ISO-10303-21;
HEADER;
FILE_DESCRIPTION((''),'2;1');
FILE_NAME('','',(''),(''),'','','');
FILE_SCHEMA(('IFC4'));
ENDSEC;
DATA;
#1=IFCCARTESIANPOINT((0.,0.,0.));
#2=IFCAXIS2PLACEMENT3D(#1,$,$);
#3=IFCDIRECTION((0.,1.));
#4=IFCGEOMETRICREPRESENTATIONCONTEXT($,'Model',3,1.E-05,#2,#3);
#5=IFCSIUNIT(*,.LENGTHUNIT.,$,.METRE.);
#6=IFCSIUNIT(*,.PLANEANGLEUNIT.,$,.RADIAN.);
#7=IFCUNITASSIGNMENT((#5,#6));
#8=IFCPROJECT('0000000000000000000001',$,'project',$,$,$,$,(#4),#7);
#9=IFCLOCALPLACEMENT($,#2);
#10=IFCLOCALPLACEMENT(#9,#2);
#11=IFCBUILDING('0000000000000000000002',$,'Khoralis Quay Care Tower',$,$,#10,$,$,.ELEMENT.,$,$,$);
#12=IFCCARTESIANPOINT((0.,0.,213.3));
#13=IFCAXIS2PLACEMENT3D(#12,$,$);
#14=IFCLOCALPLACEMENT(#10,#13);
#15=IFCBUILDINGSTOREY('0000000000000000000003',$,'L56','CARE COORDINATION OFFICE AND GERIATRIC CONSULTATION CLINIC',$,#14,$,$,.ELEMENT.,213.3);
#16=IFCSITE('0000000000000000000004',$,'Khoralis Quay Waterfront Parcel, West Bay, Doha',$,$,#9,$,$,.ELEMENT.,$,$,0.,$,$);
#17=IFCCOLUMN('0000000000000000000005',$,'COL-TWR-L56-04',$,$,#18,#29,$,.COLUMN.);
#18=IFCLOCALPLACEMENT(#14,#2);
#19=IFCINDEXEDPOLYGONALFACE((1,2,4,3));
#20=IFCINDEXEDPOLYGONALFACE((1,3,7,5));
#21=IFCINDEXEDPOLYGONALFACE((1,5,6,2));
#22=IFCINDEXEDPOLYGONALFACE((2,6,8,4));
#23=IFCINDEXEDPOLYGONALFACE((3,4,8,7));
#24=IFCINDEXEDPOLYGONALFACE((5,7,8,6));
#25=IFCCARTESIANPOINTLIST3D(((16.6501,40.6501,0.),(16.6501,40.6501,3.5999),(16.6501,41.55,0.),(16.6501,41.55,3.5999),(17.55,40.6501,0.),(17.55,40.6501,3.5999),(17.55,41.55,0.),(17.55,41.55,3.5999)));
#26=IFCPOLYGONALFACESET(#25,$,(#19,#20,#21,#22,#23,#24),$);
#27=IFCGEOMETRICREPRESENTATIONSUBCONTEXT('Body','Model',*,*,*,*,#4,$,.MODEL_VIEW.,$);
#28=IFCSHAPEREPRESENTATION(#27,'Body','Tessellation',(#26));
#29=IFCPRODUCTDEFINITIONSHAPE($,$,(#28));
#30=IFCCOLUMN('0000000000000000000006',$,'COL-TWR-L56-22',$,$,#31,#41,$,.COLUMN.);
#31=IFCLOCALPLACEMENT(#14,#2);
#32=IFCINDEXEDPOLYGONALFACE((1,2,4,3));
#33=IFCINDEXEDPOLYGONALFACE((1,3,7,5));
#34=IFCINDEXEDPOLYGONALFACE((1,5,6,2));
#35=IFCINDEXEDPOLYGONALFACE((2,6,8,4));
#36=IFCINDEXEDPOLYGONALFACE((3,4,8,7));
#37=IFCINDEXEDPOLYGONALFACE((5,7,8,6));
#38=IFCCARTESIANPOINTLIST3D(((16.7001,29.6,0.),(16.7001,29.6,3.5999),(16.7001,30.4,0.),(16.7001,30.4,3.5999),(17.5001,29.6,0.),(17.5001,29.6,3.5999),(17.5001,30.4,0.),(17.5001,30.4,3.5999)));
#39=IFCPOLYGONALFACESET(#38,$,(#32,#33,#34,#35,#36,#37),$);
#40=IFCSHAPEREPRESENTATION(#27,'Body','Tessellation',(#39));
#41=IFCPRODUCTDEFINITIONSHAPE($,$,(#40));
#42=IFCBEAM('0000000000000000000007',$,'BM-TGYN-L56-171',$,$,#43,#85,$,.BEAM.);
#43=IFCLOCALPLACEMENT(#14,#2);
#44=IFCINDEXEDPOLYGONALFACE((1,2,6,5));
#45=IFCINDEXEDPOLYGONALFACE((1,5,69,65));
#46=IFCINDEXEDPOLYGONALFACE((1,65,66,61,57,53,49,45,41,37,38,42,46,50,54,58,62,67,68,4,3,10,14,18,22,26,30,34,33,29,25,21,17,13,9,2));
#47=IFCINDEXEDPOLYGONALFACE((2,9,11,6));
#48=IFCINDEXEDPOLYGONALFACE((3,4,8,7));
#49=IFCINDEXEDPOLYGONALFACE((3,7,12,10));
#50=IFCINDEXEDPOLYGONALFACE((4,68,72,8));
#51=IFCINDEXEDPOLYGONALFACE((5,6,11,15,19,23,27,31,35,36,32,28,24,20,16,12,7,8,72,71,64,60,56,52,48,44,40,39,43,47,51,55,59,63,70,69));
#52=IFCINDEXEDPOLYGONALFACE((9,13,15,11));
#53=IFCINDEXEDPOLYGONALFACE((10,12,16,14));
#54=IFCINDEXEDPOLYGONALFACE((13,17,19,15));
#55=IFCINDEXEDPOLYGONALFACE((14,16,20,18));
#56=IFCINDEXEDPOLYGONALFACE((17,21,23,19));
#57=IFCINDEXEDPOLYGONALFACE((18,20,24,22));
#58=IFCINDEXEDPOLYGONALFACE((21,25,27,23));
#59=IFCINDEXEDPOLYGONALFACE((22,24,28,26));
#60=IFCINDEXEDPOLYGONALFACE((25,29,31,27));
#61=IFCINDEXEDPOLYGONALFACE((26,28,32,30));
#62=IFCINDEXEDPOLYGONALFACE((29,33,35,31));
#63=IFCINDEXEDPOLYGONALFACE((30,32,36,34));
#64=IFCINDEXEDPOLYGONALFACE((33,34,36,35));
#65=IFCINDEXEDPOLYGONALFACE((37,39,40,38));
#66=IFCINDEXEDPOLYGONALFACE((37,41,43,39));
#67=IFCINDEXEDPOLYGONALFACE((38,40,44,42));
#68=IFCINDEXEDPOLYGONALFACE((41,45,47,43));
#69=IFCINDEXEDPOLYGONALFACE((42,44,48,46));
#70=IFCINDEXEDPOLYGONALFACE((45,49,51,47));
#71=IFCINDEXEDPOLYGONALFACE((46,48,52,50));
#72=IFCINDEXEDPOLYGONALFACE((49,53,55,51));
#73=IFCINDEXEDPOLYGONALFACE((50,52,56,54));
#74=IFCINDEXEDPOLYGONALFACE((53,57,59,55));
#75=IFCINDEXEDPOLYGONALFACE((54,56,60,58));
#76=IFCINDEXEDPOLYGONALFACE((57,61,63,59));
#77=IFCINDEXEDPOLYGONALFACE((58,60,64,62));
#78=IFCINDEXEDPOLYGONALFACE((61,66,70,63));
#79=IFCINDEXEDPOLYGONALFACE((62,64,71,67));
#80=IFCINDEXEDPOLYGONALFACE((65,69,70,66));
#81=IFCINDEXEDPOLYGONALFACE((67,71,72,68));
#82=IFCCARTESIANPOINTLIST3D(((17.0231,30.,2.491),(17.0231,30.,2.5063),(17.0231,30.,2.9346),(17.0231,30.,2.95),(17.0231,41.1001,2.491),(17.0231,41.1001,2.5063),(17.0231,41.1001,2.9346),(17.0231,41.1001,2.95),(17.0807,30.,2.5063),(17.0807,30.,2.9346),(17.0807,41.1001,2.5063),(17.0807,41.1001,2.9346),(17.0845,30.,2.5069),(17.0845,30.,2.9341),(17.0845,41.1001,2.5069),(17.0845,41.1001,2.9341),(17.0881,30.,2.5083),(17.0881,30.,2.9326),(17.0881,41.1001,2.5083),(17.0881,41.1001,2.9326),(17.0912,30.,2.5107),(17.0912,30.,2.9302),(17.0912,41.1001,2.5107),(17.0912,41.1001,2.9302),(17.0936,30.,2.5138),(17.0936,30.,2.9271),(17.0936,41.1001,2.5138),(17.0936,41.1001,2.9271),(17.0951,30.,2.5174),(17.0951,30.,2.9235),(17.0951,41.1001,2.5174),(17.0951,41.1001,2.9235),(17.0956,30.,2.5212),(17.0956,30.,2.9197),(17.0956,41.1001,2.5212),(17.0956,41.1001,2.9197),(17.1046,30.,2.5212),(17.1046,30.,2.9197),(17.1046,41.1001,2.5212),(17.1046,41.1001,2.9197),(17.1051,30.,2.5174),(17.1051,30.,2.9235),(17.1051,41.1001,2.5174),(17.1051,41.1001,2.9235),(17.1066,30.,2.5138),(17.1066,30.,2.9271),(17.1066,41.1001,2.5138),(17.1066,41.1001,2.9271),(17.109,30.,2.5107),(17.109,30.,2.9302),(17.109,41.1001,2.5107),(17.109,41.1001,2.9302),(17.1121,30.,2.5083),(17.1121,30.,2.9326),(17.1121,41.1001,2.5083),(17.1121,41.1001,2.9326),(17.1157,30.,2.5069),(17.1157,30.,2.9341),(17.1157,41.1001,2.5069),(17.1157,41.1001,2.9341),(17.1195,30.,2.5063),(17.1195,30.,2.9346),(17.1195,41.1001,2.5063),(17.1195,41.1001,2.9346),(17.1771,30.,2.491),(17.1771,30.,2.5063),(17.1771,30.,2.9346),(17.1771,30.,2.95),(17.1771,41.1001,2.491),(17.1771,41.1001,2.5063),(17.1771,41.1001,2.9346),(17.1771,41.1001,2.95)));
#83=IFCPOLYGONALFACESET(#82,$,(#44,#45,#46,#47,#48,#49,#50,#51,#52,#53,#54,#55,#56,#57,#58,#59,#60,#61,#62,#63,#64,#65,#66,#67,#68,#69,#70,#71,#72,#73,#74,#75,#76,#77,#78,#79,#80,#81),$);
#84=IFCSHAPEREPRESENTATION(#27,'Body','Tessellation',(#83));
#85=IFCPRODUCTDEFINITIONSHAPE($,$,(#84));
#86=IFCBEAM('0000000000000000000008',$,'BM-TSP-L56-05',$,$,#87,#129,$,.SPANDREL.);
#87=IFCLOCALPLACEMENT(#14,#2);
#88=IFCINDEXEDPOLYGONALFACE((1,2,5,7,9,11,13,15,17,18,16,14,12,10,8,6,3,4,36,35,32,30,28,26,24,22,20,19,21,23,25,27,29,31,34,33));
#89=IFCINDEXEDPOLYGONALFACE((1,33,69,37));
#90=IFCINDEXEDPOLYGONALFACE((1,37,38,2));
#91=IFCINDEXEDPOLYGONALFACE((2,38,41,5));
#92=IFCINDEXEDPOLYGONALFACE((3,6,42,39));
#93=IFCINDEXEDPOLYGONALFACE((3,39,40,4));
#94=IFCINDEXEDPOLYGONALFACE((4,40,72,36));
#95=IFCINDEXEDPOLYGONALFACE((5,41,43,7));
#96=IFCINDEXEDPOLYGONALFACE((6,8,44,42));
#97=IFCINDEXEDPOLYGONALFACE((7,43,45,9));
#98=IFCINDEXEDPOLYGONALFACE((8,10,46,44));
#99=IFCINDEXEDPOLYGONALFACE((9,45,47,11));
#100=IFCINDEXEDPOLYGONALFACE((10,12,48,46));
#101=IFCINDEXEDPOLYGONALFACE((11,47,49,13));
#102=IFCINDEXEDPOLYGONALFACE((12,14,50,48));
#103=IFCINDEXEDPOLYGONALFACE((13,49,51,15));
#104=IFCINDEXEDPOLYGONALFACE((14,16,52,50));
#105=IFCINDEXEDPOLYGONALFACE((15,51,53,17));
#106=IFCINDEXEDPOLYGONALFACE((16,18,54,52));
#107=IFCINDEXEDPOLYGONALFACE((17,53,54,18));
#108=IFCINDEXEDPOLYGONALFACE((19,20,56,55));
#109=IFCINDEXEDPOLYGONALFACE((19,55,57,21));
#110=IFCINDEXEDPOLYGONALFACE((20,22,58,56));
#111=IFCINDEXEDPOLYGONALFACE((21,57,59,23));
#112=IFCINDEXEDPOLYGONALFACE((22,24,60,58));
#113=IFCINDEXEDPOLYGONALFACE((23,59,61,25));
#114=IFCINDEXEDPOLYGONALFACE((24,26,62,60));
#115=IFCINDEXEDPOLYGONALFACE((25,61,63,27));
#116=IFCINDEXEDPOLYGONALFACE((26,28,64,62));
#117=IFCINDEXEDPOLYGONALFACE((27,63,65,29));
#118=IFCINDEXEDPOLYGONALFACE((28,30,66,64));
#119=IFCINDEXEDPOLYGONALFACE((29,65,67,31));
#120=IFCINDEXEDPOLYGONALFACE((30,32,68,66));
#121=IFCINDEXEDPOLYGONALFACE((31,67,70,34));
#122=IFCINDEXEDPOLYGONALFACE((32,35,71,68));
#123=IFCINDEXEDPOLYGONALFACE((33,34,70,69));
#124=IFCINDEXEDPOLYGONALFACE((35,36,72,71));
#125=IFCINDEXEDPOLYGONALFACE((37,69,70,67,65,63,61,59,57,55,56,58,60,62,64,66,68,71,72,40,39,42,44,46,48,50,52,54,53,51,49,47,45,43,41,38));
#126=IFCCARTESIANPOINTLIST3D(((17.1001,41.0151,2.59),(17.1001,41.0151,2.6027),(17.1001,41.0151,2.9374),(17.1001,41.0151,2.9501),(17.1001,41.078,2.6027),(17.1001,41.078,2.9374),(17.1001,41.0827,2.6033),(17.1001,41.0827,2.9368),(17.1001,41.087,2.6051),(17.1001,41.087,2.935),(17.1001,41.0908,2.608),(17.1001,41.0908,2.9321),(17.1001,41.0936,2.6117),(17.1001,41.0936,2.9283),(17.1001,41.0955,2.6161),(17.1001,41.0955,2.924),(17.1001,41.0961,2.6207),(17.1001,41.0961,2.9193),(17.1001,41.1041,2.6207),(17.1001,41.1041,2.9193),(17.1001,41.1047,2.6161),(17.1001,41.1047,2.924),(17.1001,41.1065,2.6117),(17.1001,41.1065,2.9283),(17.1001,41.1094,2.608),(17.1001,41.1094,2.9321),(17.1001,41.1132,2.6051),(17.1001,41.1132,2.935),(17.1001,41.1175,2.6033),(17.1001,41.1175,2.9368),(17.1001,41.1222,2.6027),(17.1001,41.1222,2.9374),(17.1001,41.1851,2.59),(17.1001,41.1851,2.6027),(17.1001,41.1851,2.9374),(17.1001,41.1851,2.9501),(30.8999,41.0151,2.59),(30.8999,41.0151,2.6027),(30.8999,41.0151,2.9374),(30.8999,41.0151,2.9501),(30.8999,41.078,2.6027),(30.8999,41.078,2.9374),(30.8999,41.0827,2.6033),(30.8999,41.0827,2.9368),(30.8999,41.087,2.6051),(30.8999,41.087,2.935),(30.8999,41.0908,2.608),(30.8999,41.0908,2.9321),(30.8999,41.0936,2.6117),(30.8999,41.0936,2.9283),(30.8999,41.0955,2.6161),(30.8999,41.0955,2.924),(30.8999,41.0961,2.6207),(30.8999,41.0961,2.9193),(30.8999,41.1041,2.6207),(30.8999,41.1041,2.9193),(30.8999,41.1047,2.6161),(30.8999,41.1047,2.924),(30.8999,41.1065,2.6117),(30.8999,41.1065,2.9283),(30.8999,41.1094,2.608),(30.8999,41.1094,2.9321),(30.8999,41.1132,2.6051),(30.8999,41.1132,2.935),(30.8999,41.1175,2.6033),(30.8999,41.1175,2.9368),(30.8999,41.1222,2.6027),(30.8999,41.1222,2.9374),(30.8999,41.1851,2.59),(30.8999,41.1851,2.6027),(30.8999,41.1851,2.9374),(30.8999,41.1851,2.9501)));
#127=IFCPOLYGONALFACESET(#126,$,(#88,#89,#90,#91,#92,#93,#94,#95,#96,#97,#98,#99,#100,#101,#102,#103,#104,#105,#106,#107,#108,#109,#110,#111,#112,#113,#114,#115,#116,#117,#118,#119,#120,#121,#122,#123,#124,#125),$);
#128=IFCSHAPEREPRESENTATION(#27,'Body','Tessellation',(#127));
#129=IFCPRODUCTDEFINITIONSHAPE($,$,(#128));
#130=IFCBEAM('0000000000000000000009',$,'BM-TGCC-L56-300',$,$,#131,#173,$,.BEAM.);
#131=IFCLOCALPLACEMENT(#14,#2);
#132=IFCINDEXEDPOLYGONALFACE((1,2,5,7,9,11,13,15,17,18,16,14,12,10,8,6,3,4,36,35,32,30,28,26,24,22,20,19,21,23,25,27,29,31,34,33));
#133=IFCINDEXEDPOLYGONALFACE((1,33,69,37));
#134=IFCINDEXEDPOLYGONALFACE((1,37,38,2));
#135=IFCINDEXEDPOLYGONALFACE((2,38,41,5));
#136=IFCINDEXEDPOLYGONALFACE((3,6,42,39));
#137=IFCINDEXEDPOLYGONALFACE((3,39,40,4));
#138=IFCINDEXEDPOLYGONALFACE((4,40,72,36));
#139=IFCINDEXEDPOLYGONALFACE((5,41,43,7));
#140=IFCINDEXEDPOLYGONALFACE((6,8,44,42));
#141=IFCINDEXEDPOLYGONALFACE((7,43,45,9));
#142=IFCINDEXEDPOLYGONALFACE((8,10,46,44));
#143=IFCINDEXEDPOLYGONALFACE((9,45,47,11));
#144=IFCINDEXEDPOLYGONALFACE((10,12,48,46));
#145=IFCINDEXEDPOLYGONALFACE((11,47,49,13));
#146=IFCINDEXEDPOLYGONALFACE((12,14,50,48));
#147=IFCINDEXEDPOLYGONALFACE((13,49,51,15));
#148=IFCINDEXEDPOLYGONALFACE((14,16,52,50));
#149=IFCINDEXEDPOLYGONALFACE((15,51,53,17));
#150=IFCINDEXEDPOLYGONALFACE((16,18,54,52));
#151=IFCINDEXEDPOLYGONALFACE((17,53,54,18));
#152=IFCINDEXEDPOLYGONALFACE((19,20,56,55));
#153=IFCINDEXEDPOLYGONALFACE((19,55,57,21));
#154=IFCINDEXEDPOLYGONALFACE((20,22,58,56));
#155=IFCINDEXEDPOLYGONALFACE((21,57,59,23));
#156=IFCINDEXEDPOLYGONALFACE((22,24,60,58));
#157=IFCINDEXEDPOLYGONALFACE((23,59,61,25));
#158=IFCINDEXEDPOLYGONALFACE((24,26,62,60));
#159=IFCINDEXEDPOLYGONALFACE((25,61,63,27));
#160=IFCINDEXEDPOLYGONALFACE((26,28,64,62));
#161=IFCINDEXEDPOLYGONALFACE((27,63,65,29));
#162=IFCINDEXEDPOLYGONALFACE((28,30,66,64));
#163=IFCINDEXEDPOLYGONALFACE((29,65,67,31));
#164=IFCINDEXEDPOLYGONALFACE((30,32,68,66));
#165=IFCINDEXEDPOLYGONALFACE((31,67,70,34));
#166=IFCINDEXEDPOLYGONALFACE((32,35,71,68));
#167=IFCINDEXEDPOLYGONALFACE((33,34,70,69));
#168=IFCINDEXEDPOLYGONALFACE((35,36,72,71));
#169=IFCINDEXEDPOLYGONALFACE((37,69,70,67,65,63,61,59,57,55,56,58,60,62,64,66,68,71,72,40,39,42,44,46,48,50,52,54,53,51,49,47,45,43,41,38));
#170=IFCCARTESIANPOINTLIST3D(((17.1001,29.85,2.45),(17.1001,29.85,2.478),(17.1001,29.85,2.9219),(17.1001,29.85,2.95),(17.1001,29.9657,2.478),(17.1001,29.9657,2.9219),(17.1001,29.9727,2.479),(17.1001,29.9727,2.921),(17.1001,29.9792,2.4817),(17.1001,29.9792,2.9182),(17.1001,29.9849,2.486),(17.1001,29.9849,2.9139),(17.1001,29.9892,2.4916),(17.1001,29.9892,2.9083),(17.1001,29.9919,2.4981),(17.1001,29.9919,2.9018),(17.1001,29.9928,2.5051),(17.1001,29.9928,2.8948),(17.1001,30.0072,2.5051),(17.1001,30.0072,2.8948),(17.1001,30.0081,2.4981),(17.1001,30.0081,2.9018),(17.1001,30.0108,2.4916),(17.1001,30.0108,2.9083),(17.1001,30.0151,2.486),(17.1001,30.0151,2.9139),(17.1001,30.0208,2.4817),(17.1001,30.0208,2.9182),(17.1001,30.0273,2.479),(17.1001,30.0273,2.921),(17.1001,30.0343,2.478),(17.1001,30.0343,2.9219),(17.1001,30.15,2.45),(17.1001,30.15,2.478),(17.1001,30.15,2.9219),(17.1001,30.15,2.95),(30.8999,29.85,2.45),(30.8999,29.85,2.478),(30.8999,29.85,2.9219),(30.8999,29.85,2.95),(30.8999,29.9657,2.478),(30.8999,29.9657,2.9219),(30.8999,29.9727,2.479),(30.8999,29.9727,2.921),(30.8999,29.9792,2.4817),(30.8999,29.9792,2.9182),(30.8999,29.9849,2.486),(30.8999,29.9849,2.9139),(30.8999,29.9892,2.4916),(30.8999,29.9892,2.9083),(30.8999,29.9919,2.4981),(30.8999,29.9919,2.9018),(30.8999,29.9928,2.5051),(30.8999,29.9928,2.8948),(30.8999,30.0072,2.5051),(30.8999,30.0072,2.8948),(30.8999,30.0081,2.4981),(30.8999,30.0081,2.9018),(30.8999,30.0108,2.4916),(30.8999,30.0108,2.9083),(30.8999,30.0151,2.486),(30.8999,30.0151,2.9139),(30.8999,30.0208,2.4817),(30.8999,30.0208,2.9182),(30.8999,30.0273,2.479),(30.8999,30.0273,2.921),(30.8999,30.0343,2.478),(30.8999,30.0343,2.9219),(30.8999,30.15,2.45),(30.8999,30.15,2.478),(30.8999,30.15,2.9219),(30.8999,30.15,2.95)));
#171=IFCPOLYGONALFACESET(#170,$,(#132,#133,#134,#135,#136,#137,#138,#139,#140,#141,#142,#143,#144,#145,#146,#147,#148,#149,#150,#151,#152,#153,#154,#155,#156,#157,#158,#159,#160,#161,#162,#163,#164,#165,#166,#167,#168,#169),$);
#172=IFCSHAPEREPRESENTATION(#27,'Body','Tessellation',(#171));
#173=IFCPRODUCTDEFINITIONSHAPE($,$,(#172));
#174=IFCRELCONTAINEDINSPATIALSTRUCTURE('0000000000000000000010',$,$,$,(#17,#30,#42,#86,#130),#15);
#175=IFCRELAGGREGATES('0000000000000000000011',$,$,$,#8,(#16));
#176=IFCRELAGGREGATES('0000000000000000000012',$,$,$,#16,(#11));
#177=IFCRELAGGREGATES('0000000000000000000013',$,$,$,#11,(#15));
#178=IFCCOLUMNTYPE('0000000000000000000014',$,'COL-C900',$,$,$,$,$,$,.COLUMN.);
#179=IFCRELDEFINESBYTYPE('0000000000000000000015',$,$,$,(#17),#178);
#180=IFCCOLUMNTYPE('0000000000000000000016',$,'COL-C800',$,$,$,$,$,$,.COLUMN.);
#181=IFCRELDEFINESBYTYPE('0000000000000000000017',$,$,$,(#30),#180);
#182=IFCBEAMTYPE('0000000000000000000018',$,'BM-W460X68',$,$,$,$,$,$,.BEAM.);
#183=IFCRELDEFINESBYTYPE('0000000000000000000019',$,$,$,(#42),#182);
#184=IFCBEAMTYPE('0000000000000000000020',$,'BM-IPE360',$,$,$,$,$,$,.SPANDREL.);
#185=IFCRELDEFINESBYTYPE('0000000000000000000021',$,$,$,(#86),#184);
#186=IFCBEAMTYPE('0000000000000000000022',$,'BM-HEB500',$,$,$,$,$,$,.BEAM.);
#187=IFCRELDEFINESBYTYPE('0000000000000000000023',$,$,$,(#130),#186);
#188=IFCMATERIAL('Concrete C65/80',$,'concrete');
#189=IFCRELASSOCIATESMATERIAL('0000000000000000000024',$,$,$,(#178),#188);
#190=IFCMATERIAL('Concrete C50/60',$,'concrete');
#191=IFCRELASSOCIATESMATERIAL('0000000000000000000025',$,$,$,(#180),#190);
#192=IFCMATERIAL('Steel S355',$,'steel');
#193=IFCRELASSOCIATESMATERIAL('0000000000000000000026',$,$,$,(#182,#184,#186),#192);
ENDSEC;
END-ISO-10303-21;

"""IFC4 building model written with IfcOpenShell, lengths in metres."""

from ifc_helpers import new_model, si_unit, direction, frame, origin, origin_2d, place, context, subcontext, project, spatial, rectangle, i_section, extrude, source, transform, mapped, material, material_profile, profile_set, type_object, element, save


model = new_model("IFC4")

# Units and contexts
model_context = context("Model", 3, precision=1e-05, world=origin(), true_north=direction((0.0, 1.0)))
body_context = subcontext(model_context, "Body", "Model", "MODEL_VIEW")
ifc_project = project(units=[si_unit("LENGTHUNIT", "METRE"), si_unit("PLANEANGLEUNIT", "RADIAN")], contexts=[model_context])

# Site, building, storey
site_placement = place(None, origin())
site = spatial("IfcSite", under=ifc_project, at=site_placement, Name="Khoralis Quay Waterfront Parcel, West Bay, Doha", CompositionType="ELEMENT", RefElevation=0.0)
building_placement = place(site_placement, origin())
building = spatial("IfcBuilding", under=site, at=building_placement, Name="Khoralis Quay Care Tower", CompositionType="ELEMENT")
storey_placement = place(building_placement, frame((0.0, 0.0, 213.3)))
storey = spatial("IfcBuildingStorey", under=building, at=storey_placement, Name="L56", Description="CARE COORDINATION OFFICE AND GERIATRIC CONSULTATION CLINIC", CompositionType="ELEMENT", Elevation=213.3)

# Columns
ifc_material_1 = material(Name="Concrete C65/80", Category="concrete")
ifc_material_profile_1 = material_profile(ifc_material_1, rectangle(XDim=0.8999, YDim=0.8999, at=origin_2d()), Name="Concrete C65/80")
ifc_profile_set_1 = profile_set([ifc_material_profile_1], Name="Concrete C65/80")
column_type_1 = type_object("IfcColumnType", Name="COL-C900", PredefinedType="COLUMN", material=ifc_profile_set_1)
shared_shape_1 = source(origin(), body_context, "Body", "SweptSolid", [
    extrude(rectangle(XDim=0.8999, YDim=0.8999, at=origin_2d()), origin(), (0.0, 0.0, 1.0), 3.5999),
])
column_1_placement = place(storey_placement, frame((17.1001, 41.1001, 0.0), z_axis=(0.0, 0.0, 1.0), x_axis=(1.0, 0.0, 0.0)))
element("IfcColumn", 1, at=column_1_placement, inside=storey, type_object=column_type_1, Name="COL-TWR-L56-04", PredefinedType="COLUMN", context=body_context, shape_type="MappedRepresentation", body=[
    mapped(shared_shape_1, transform((0.0, 0.0, 0.0), scale=1.0)),
])
ifc_material_2 = material(Name="Concrete C50/60", Category="concrete")
ifc_material_profile_2 = material_profile(ifc_material_2, rectangle(XDim=0.8, YDim=0.8, at=origin_2d()), Name="Concrete C50/60")
ifc_profile_set_2 = profile_set([ifc_material_profile_2], Name="Concrete C50/60")
column_type_2 = type_object("IfcColumnType", Name="COL-C800", PredefinedType="COLUMN", material=ifc_profile_set_2)
shared_shape_2 = source(origin(), body_context, "Body", "SweptSolid", [
    extrude(rectangle(XDim=0.8, YDim=0.8, at=origin_2d()), origin(), (0.0, 0.0, 1.0), 3.5999),
])
column_2_placement = place(storey_placement, frame((17.1001, 30.0, 0.0), z_axis=(0.0, 0.0, 1.0), x_axis=(1.0, 0.0, 0.0)))
element("IfcColumn", 2, at=column_2_placement, inside=storey, type_object=column_type_2, Name="COL-TWR-L56-22", PredefinedType="COLUMN", context=body_context, shape_type="MappedRepresentation", body=[
    mapped(shared_shape_2, transform((0.0, 0.0, 0.0), scale=1.0)),
])

# Beams
ifc_material_3 = material(Name="Steel S355", Category="steel")
ifc_material_profile_3 = material_profile(ifc_material_3, i_section(OverallWidth=0.1541, OverallDepth=0.459, WebThickness=0.009, FlangeThickness=0.0154, FilletRadius=0.0149, at=origin_2d()), Name="Steel S355")
ifc_profile_set_3 = profile_set([ifc_material_profile_3], Name="Steel S355")
beam_type_1 = type_object("IfcBeamType", Name="BM-W460X68", PredefinedType="BEAM", material=ifc_profile_set_3)
shared_shape_3 = source(origin(), body_context, "Body", "SweptSolid", [
    extrude(i_section(OverallWidth=0.1541, OverallDepth=0.459, WebThickness=0.009, FlangeThickness=0.0154, FilletRadius=0.0149, at=origin_2d()), origin(), (0.0, 0.0, 1.0), 11.1001),
])
beam_1_placement = place(storey_placement, frame((17.1001, 30.0, 2.7205), z_axis=(0.0, 1.0, 0.0), x_axis=(-1.0, 0.0, 0.0)))
element("IfcBeam", 3, at=beam_1_placement, inside=storey, type_object=beam_type_1, Name="BM-TGYN-L56-171", PredefinedType="BEAM", context=body_context, shape_type="MappedRepresentation", body=[
    mapped(shared_shape_3, transform((0.0, 0.0, 0.0), scale=1.0)),
])
ifc_material_profile_4 = material_profile(ifc_material_3, i_section(OverallWidth=0.1699, OverallDepth=0.3601, WebThickness=0.0081, FlangeThickness=0.0127, FilletRadius=0.0181, at=origin_2d()), Name="Steel S355")
ifc_profile_set_4 = profile_set([ifc_material_profile_4], Name="Steel S355")
beam_type_2 = type_object("IfcBeamType", Name="BM-IPE360", PredefinedType="SPANDREL", material=ifc_profile_set_4)
shared_shape_4 = source(origin(), body_context, "Body", "SweptSolid", [
    extrude(i_section(OverallWidth=0.1699, OverallDepth=0.3601, WebThickness=0.0081, FlangeThickness=0.0127, FilletRadius=0.0181, at=origin_2d()), origin(), (0.0, 0.0, 1.0), 13.7998),
])
beam_2_placement = place(storey_placement, frame((17.1001, 41.1001, 2.77), z_axis=(1.0, 0.0, 0.0), x_axis=(0.0, 1.0, 0.0)))
element("IfcBeam", 4, at=beam_2_placement, inside=storey, type_object=beam_type_2, Name="BM-TSP-L56-05", PredefinedType="SPANDREL", context=body_context, shape_type="MappedRepresentation", body=[
    mapped(shared_shape_4, transform((0.0, 0.0, 0.0), scale=1.0)),
])
ifc_material_profile_5 = material_profile(ifc_material_3, i_section(OverallWidth=0.3, OverallDepth=0.5, WebThickness=0.0144, FlangeThickness=0.0281, FilletRadius=0.0271, at=origin_2d()), Name="Steel S355")
ifc_profile_set_5 = profile_set([ifc_material_profile_5], Name="Steel S355")
beam_type_3 = type_object("IfcBeamType", Name="BM-HEB500", PredefinedType="BEAM", material=ifc_profile_set_5)
shared_shape_5 = source(origin(), body_context, "Body", "SweptSolid", [
    extrude(i_section(OverallWidth=0.3, OverallDepth=0.5, WebThickness=0.0144, FlangeThickness=0.0281, FilletRadius=0.0271, at=origin_2d()), origin(), (0.0, 0.0, 1.0), 13.7998),
])
beam_3_placement = place(storey_placement, frame((17.1001, 30.0, 2.7), z_axis=(1.0, 0.0, 0.0), x_axis=(0.0, 1.0, 0.0)))
element("IfcBeam", 5, at=beam_3_placement, inside=storey, type_object=beam_type_3, Name="BM-TGCC-L56-300", PredefinedType="BEAM", context=body_context, shape_type="MappedRepresentation", body=[
    mapped(shared_shape_5, transform((0.0, 0.0, 0.0), scale=1.0)),
])

save(model, "model.ifc")
